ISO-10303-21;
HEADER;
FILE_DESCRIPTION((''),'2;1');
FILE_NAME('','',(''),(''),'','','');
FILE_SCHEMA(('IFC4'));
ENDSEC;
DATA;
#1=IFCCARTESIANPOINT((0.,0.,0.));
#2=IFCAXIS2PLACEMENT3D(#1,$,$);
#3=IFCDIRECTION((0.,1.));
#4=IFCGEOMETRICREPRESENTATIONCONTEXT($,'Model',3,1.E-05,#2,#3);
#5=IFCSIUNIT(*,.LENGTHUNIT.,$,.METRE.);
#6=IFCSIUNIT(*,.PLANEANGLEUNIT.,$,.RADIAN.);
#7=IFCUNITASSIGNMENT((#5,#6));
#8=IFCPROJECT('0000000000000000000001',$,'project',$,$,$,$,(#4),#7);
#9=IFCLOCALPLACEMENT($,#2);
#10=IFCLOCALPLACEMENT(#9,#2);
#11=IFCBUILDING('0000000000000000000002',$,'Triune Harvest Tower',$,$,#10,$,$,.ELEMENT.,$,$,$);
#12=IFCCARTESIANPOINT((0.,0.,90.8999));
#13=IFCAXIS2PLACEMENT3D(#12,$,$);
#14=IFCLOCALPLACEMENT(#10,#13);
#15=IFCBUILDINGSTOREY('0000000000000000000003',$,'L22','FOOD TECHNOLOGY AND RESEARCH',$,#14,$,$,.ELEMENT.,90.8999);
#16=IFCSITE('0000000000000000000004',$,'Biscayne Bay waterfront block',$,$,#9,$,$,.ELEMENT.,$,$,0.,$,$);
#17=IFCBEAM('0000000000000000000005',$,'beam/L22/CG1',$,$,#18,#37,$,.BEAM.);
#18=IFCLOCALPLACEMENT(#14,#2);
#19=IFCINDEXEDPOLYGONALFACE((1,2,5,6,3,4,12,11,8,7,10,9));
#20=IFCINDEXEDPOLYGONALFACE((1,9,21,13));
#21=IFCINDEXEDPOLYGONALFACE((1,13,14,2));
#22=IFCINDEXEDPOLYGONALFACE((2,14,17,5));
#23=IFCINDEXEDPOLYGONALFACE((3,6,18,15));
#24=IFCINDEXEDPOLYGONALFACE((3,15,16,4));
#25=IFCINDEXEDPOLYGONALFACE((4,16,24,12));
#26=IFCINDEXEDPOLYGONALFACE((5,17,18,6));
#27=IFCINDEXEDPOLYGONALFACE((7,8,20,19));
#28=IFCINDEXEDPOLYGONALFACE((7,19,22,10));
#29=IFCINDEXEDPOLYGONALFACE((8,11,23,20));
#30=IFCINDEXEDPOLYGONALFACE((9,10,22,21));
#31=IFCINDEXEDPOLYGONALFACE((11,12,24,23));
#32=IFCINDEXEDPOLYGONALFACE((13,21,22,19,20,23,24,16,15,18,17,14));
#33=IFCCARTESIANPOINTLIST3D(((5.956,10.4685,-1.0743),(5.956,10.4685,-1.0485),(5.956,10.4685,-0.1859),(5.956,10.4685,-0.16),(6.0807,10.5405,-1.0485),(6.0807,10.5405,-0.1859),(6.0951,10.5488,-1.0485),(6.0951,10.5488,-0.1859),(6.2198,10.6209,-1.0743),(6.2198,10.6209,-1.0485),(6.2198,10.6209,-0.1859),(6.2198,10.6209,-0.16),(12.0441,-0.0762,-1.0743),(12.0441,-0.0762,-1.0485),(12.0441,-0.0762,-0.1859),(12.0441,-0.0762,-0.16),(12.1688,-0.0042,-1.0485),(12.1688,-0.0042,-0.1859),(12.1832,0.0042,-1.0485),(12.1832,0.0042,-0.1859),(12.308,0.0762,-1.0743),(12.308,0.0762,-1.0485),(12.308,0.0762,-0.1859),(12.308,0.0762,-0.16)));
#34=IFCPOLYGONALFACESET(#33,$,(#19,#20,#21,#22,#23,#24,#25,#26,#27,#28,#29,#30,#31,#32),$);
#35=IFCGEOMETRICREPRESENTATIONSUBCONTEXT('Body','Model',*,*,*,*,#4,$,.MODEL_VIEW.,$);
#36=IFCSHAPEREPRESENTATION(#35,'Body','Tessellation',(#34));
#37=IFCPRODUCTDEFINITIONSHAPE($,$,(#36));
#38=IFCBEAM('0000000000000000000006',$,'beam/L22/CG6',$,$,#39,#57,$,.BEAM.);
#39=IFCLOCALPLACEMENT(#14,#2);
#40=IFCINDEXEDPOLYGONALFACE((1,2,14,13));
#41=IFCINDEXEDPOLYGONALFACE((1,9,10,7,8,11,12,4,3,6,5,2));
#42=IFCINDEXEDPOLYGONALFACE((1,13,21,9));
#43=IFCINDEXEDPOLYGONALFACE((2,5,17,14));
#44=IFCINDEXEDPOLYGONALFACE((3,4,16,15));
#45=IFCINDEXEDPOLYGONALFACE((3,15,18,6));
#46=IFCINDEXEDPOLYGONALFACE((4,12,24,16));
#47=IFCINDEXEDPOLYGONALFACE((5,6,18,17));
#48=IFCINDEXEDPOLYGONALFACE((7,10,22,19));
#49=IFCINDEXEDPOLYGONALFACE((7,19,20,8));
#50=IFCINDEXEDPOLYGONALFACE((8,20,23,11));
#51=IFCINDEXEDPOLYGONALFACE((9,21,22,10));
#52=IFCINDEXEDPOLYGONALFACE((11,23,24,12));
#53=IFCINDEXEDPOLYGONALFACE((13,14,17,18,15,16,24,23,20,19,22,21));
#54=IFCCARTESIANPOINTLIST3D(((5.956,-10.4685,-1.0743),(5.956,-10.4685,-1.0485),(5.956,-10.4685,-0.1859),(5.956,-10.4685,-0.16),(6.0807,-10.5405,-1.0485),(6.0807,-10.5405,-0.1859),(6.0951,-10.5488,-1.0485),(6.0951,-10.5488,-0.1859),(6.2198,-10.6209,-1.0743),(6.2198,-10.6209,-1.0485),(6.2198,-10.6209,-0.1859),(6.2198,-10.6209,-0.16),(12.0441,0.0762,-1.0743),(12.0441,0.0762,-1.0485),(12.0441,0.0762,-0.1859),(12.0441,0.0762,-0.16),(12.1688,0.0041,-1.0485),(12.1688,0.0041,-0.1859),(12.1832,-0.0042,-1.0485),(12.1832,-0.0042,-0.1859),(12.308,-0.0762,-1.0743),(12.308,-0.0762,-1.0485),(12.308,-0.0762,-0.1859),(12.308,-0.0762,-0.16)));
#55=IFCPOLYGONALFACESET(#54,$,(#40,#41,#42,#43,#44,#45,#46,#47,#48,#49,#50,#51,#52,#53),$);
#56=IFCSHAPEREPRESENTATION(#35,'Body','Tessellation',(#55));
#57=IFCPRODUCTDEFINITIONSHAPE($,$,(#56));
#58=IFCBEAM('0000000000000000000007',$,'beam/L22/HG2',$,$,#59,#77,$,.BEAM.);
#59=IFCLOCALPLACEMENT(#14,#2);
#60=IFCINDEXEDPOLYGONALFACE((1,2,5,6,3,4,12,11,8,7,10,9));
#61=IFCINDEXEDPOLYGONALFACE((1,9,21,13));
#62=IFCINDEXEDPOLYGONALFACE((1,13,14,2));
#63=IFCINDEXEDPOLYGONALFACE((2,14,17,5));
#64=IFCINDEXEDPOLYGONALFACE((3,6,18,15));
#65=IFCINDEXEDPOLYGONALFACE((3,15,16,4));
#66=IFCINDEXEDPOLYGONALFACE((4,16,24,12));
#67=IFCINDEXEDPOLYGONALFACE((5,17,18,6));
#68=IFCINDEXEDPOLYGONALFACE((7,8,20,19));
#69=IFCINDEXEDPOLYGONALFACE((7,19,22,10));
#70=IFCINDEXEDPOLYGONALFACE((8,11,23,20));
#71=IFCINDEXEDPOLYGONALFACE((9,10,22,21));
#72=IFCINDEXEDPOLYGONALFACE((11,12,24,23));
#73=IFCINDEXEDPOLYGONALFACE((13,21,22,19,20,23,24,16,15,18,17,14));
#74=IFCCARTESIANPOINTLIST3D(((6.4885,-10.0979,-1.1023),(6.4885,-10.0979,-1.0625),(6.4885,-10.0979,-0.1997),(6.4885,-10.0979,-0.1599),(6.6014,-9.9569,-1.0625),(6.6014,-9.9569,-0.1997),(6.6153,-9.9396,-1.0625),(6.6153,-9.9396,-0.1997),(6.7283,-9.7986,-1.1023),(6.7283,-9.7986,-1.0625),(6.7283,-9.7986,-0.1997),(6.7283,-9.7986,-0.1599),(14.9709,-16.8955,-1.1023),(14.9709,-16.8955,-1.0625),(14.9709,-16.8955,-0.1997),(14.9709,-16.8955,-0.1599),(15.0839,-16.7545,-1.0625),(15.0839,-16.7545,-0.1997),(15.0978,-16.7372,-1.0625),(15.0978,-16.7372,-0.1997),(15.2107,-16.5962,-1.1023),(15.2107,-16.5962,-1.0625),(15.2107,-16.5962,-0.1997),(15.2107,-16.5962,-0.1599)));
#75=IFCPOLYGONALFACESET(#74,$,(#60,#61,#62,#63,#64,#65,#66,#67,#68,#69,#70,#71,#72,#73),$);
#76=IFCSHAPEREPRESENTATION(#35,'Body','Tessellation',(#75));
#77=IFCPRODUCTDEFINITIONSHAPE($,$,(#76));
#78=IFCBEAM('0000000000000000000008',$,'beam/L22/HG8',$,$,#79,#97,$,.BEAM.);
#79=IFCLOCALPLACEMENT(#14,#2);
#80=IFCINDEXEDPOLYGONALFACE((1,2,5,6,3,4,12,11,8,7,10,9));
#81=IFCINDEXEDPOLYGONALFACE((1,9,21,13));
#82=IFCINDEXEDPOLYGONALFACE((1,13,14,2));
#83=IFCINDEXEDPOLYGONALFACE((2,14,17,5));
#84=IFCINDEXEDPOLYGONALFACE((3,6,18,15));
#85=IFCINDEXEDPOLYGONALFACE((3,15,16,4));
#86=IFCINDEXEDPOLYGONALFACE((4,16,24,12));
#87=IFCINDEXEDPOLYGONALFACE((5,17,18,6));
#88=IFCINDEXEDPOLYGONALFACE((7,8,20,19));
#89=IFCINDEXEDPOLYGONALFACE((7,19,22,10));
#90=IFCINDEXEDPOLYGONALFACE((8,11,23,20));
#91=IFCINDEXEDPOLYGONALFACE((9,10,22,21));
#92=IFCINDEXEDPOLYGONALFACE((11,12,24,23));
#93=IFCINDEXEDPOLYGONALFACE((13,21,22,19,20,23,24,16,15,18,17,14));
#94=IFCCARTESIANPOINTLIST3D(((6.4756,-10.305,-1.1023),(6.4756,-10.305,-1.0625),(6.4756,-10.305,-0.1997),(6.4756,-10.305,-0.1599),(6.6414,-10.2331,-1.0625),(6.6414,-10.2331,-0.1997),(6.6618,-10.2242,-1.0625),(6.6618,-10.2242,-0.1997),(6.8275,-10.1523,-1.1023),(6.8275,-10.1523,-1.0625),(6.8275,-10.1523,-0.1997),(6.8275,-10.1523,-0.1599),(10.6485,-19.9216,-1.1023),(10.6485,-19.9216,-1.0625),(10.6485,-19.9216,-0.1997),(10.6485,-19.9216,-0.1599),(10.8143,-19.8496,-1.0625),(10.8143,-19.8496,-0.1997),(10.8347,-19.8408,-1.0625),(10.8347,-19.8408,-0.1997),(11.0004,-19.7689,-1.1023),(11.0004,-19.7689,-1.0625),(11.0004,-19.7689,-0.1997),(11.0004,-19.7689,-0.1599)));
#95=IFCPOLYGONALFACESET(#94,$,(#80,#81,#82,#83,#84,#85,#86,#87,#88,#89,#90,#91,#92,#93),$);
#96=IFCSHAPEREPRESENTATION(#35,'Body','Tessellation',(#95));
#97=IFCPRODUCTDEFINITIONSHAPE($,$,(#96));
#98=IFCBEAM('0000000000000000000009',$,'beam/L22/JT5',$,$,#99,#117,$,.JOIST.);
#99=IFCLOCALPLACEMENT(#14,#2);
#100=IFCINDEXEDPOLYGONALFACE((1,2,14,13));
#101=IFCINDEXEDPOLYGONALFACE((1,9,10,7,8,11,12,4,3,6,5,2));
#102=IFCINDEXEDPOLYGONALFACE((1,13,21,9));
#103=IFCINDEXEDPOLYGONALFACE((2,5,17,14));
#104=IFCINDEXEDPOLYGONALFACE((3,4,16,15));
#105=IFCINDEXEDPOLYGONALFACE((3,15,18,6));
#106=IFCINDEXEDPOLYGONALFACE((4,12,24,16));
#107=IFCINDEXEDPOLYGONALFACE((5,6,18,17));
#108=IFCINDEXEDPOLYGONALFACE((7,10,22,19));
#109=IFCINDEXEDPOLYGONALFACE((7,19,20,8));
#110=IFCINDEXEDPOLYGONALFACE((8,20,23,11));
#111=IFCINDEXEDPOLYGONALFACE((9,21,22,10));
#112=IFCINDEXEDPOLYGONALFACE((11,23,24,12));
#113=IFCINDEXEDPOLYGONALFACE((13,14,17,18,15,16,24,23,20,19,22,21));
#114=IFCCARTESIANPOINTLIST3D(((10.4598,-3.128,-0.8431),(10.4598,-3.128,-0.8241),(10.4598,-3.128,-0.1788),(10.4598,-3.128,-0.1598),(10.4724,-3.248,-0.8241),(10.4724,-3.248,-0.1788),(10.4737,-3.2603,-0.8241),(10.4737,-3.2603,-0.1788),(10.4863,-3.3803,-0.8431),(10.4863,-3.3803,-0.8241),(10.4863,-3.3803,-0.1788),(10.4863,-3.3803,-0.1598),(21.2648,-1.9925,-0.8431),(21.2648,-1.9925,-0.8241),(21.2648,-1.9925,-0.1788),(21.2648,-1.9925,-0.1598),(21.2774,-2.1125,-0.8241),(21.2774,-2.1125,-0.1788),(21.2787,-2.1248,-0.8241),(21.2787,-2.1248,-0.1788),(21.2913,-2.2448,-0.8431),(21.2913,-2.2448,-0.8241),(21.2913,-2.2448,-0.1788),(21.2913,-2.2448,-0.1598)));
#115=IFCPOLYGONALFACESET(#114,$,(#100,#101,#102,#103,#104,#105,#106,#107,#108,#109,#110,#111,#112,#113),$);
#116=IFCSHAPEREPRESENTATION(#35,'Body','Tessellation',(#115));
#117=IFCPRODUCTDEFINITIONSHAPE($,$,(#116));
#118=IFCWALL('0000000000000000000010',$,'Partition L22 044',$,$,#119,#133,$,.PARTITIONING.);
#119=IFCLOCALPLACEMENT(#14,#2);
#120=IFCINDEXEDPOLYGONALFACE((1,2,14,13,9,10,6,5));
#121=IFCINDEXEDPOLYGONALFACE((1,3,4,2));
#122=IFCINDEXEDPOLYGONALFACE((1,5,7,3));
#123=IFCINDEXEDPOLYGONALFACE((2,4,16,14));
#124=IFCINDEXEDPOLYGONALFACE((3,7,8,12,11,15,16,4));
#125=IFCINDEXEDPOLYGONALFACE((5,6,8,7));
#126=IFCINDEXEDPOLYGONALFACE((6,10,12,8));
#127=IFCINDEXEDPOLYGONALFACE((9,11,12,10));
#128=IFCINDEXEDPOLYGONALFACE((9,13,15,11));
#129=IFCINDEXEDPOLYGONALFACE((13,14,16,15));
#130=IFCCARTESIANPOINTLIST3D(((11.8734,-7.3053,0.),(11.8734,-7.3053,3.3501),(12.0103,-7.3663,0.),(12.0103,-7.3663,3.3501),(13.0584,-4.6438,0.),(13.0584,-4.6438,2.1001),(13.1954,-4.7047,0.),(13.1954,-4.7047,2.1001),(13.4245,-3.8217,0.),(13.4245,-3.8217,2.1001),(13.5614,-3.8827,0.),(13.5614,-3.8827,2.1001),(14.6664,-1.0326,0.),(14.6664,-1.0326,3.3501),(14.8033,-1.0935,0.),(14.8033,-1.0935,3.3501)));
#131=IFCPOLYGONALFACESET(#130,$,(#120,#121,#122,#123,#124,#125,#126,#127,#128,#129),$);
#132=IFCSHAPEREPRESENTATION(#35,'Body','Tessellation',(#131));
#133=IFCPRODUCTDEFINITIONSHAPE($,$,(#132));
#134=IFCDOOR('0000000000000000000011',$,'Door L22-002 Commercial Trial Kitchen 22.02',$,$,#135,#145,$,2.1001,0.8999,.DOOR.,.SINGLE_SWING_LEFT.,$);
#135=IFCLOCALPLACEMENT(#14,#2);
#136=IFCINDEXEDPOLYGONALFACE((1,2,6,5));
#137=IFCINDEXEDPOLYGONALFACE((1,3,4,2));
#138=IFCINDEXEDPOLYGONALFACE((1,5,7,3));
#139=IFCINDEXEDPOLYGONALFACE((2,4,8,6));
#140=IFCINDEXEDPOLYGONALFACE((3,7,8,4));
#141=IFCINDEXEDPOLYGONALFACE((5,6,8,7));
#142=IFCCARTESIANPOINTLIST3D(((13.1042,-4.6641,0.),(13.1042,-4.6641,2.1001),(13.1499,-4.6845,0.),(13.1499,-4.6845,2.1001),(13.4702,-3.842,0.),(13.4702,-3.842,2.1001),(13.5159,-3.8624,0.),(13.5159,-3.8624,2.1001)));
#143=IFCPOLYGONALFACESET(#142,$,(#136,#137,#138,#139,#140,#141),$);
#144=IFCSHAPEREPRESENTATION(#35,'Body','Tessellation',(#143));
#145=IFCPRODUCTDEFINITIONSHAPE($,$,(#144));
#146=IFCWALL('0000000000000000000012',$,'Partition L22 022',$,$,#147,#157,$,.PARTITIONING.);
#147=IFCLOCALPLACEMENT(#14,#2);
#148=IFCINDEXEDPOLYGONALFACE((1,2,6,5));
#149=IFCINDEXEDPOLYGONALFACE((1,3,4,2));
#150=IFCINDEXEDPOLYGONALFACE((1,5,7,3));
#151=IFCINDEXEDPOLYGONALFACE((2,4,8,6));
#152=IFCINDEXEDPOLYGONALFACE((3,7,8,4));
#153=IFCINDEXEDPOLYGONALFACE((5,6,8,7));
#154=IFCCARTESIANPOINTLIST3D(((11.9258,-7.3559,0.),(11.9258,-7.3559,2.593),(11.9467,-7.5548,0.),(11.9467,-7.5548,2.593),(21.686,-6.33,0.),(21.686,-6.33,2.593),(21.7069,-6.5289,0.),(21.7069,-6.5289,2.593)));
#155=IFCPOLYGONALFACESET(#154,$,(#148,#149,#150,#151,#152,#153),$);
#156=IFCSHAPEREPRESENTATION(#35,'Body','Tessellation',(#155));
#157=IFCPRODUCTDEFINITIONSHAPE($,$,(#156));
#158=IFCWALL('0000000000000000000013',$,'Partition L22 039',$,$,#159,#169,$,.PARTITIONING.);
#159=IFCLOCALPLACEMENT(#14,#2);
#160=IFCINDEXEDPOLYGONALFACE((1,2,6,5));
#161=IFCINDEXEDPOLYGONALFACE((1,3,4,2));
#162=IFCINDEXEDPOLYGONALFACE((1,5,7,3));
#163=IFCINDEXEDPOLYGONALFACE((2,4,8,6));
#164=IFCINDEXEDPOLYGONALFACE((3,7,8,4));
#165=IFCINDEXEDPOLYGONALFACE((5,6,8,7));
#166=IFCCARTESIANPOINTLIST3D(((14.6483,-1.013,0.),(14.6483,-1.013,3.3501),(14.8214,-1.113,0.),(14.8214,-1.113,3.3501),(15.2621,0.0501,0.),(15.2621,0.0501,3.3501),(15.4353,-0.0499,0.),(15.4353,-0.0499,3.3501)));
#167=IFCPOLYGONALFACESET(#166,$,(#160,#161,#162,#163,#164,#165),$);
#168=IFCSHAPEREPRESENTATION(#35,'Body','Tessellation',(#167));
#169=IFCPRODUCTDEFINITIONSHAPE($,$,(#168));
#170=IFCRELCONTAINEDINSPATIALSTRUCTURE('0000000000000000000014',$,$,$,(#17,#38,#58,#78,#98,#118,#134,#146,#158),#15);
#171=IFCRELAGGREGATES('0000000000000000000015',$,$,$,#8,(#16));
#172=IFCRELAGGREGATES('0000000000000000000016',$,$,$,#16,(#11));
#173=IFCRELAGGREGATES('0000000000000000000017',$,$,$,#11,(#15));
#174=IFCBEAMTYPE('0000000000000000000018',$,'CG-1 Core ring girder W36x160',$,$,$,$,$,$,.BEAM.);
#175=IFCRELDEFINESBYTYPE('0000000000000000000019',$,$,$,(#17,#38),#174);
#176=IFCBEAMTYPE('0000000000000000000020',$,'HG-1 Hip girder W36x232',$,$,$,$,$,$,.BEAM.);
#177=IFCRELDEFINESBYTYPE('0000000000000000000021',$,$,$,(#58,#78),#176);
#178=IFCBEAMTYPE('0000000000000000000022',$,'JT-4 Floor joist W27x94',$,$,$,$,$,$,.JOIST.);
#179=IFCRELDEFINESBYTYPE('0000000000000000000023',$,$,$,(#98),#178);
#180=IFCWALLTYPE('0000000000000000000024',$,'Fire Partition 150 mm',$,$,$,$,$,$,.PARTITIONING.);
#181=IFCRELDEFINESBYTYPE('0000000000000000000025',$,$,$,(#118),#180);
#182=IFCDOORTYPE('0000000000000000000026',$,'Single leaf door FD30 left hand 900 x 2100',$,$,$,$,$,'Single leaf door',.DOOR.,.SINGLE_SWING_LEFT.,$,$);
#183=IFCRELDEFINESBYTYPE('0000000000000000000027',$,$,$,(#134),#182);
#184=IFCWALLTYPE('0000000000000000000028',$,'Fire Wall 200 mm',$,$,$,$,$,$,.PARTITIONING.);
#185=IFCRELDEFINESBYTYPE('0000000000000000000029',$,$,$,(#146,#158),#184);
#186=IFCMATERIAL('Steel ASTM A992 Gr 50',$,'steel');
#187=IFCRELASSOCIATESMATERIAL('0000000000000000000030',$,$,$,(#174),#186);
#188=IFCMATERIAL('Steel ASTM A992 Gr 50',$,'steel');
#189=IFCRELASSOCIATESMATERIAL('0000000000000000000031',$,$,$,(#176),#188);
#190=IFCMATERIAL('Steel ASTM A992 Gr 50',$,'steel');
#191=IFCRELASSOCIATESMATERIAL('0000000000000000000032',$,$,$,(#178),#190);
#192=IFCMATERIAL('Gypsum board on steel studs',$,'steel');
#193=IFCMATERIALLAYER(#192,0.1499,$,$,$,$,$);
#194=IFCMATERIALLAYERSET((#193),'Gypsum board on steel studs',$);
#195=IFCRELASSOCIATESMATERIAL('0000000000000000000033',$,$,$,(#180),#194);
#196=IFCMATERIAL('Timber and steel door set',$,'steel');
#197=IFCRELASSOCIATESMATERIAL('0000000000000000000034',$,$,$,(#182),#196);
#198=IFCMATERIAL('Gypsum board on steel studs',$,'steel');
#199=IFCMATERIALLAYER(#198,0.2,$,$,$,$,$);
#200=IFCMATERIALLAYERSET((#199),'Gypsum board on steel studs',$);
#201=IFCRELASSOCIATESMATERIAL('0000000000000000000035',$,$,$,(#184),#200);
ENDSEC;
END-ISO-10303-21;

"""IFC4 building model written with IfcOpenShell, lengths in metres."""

from ifc_helpers import new_model, si_unit, direction, frame, frame_2d, origin, origin_2d, place, context, subcontext, project, spatial, rectangle, i_section, extrude, source, transform, mapped, material, layer, layer_set, material_profile, profile_set, type_object, element, fill, save


model = new_model("IFC4")

# Units and contexts
model_context = context("Model", 3, precision=1e-05, world=origin(), true_north=direction((0.0, 1.0)))
body_context = subcontext(model_context, "Body", "Model", "MODEL_VIEW")
ifc_project = project(units=[si_unit("LENGTHUNIT", "METRE"), si_unit("PLANEANGLEUNIT", "RADIAN")], contexts=[model_context])

# Site, building, storey
site_placement = place(None, origin())
site = spatial("IfcSite", under=ifc_project, at=site_placement, Name="Biscayne Bay waterfront block", CompositionType="ELEMENT", RefElevation=0.0)
building_placement = place(site_placement, origin())
building = spatial("IfcBuilding", under=site, at=building_placement, Name="Triune Harvest Tower", CompositionType="ELEMENT")
storey_placement = place(building_placement, frame((0.0, 0.0, 90.8999)))
storey = spatial("IfcBuildingStorey", under=building, at=storey_placement, Name="L22", Description="FOOD TECHNOLOGY AND RESEARCH", CompositionType="ELEMENT", Elevation=90.8999)

# Beams
ifc_material_1 = material(Name="Steel ASTM A992 Gr 50", Category="steel")
ifc_material_profile_1 = material_profile(ifc_material_1, i_section(OverallWidth=0.3047, OverallDepth=0.9143, WebThickness=0.0166, FlangeThickness=0.0259, at=origin_2d()), Name="W36x160")
ifc_profile_set_1 = profile_set([ifc_material_profile_1], Name="Steel ASTM A992 Gr 50")
beam_type_1 = type_object("IfcBeamType", Name="CG-1 Core ring girder W36x160", PredefinedType="BEAM", material=ifc_profile_set_1)
shared_shape_1 = source(origin(), body_context, "Body", "SweptSolid", [
    extrude(i_section(OverallWidth=0.3047, OverallDepth=0.9143, WebThickness=0.0166, FlangeThickness=0.0259, at=origin_2d()), origin(), (0.0, 0.0, 1.0), 12.176),
])
for number, where, z_axis, x_axis, name in (
    (1, (12.176, 0.0, -0.6172), (-0.50001, 0.86602, 0.0), (-0.86602, -0.50001, 0.0), "beam/L22/CG1"),
    (2, (6.0879, -10.5447, -0.6172), (0.50001, 0.86602, 0.0), (-0.86602, 0.50001, 0.0), "beam/L22/CG6"),
):
    element("IfcBeam", number, at=place(storey_placement, frame(where, z_axis=z_axis, x_axis=x_axis)), inside=storey, type_object=beam_type_1, Name=name, PredefinedType="BEAM", context=body_context, shape_type="MappedRepresentation", body=[
        mapped(shared_shape_1, transform((0.0, 0.0, 0.0), scale=1.0)),
    ])
ifc_material_2 = material(Name="Steel ASTM A992 Gr 50", Category="steel")
ifc_material_profile_2 = material_profile(ifc_material_2, i_section(OverallWidth=0.3835, OverallDepth=0.9424, WebThickness=0.0222, FlangeThickness=0.0398, at=origin_2d()), Name="W36x232")
ifc_profile_set_2 = profile_set([ifc_material_profile_2], Name="Steel ASTM A992 Gr 50")
beam_type_2 = type_object("IfcBeamType", Name="HG-1 Hip girder W36x232", PredefinedType="BEAM", material=ifc_profile_set_2)
shared_shape_2 = source(origin(), body_context, "Body", "SweptSolid", [
    extrude(i_section(OverallWidth=0.3835, OverallDepth=0.9424, WebThickness=0.0222, FlangeThickness=0.0398, at=origin_2d()), origin(), (0.0, 0.0, 1.0), 10.8701),
])
beam_1_placement = place(storey_placement, frame((15.0908, -16.7458, -0.6311), z_axis=(-0.780345, 0.625349, 0.0), x_axis=(-0.625349, -0.780345, 0.0)))
element("IfcBeam", 3, at=beam_1_placement, inside=storey, type_object=beam_type_2, Name="beam/L22/HG2", PredefinedType="BEAM", context=body_context, shape_type="MappedRepresentation", body=[
    mapped(shared_shape_2, transform((0.0, 0.0, 0.0), scale=1.0)),
])
shared_shape_3 = source(origin(), body_context, "Body", "SweptSolid", [
    extrude(i_section(OverallWidth=0.3835, OverallDepth=0.9424, WebThickness=0.0222, FlangeThickness=0.0398, at=origin_2d()), origin(), (0.0, 0.0, 1.0), 10.4829),
])
beam_2_placement = place(storey_placement, frame((10.8245, -19.8452, -0.6311), z_axis=(-0.398067, 0.917356, 0.0), x_axis=(-0.917356, -0.398067, 0.0)))
element("IfcBeam", 4, at=beam_2_placement, inside=storey, type_object=beam_type_2, Name="beam/L22/HG8", PredefinedType="BEAM", context=body_context, shape_type="MappedRepresentation", body=[
    mapped(shared_shape_3, transform((0.0, 0.0, 0.0), scale=1.0)),
])
ifc_material_3 = material(Name="Steel ASTM A992 Gr 50", Category="steel")
ifc_material_profile_3 = material_profile(ifc_material_3, i_section(OverallWidth=0.2537, OverallDepth=0.6833, WebThickness=0.0125, FlangeThickness=0.019, at=origin_2d()), Name="W27x94")
ifc_profile_set_3 = profile_set([ifc_material_profile_3], Name="Steel ASTM A992 Gr 50")
beam_type_3 = type_object("IfcBeamType", Name="JT-4 Floor joist W27x94", PredefinedType="JOIST", material=ifc_profile_set_3)
shared_shape_4 = source(origin(), body_context, "Body", "SweptSolid", [
    extrude(i_section(OverallWidth=0.2537, OverallDepth=0.6833, WebThickness=0.0125, FlangeThickness=0.019, at=origin_2d()), origin(), (0.0, 0.0, 1.0), 10.8645),
])
beam_3_placement = place(storey_placement, frame((21.2781, -2.1187, -0.5015), z_axis=(-0.994523, -0.104515, 0.0), x_axis=(0.104515, -0.994523, 0.0)))
element("IfcBeam", 5, at=beam_3_placement, inside=storey, type_object=beam_type_3, Name="beam/L22/JT5", PredefinedType="JOIST", context=body_context, shape_type="MappedRepresentation", body=[
    mapped(shared_shape_4, transform((0.0, 0.0, 0.0), scale=1.0)),
])

# Wall, opening, door
ifc_material_4 = material(Name="Gypsum board on steel studs", Category="steel")
ifc_layer_1 = layer(ifc_material_4, 0.1499)
ifc_layer_set_1 = layer_set([ifc_layer_1], Name="Gypsum board on steel studs")
wall_type_1 = type_object("IfcWallType", Name="Fire Partition 150 mm", PredefinedType="PARTITIONING", material=ifc_layer_set_1)
wall_1_placement = place(storey_placement, frame((11.9419, -7.3357, 0.0), z_axis=(0.0, 0.0, 1.0), x_axis=(0.406759, 0.913536, 0.0)))
wall_1 = element("IfcWall", 6, at=wall_1_placement, inside=storey, type_object=wall_type_1, Name="Partition L22 044", PredefinedType="PARTITIONING", context=body_context, shape_type="SweptSolid", body=[
    extrude(rectangle(XDim=6.8665, YDim=0.1499, at=frame_2d((3.4331, 0.0))), origin(), (0.0, 0.0, 1.0), 3.3501),
])
opening_1_placement = place(wall_1_placement, frame((2.9133, 0.0, 0.0)))
opening_1 = element("IfcOpeningElement", 7, at=opening_1_placement, cuts=wall_1, PredefinedType="OPENING", context=body_context, shape_type="SweptSolid", body=[
    extrude(rectangle(XDim=0.8999, YDim=2.1001, at=frame_2d((0.45, 1.05))), frame((0.0, 0.085, 0.0), z_axis=(0.0, -1.0, 0.0), x_axis=(1.0, 0.0, 0.0)), (0.0, 0.0, 1.0), 0.1699),
])
ifc_material_5 = material(Name="Timber and steel door set", Category="steel")
door_type_1 = type_object("IfcDoorType", Name="Single leaf door FD30 left hand 900 x 2100", ElementType="Single leaf door", OperationType="SINGLE_SWING_LEFT", PredefinedType="DOOR", material=ifc_material_5)
door_1_placement = place(opening_1_placement, origin())
door_1 = element("IfcDoor", 8, at=door_1_placement, inside=storey, type_object=door_type_1, Name="Door L22-002 Commercial Trial Kitchen 22.02", OperationType="SINGLE_SWING_LEFT", OverallHeight=2.1001, OverallWidth=0.8999, PredefinedType="DOOR", context=body_context, shape_type="SweptSolid", body=[
    extrude(rectangle(XDim=0.8999, YDim=2.1001, at=frame_2d((0.45, 1.05))), frame((0.0, 0.0249, 0.0), z_axis=(0.0, -1.0, 0.0), x_axis=(1.0, 0.0, 0.0)), (0.0, 0.0, 1.0), 0.05),
])
fill(opening_1, door_1)

# Walls
ifc_material_6 = material(Name="Gypsum board on steel studs", Category="steel")
ifc_layer_2 = layer(ifc_material_6, 0.2)
ifc_layer_set_2 = layer_set([ifc_layer_2], Name="Gypsum board on steel studs")
wall_type_2 = type_object("IfcWallType", Name="Fire Wall 200 mm", PredefinedType="PARTITIONING", material=ifc_layer_set_2)
wall_2_placement = place(storey_placement, frame((11.9363, -7.4553, 0.0), z_axis=(0.0, 0.0, 1.0), x_axis=(0.994522, 0.104532, 0.0)))
element("IfcWall", 9, at=wall_2_placement, inside=storey, type_object=wall_type_2, Name="Partition L22 022", PredefinedType="PARTITIONING", context=body_context, shape_type="SweptSolid", body=[
    extrude(rectangle(XDim=9.814, YDim=0.2, at=frame_2d((4.907, 0.0))), origin(), (0.0, 0.0, 1.0), 2.593),
])
wall_3_placement = place(storey_placement, frame((14.7349, -1.063, 0.0), z_axis=(0.0, 0.0, 1.0), x_axis=(0.500032, 0.866007, 0.0)))
element("IfcWall", 10, at=wall_3_placement, inside=storey, type_object=wall_type_2, Name="Partition L22 039", PredefinedType="PARTITIONING", context=body_context, shape_type="SweptSolid", body=[
    extrude(rectangle(XDim=1.2275, YDim=0.2, at=frame_2d((0.6138, 0.0))), origin(), (0.0, 0.0, 1.0), 3.3501),
])

save(model, "model.ifc")
